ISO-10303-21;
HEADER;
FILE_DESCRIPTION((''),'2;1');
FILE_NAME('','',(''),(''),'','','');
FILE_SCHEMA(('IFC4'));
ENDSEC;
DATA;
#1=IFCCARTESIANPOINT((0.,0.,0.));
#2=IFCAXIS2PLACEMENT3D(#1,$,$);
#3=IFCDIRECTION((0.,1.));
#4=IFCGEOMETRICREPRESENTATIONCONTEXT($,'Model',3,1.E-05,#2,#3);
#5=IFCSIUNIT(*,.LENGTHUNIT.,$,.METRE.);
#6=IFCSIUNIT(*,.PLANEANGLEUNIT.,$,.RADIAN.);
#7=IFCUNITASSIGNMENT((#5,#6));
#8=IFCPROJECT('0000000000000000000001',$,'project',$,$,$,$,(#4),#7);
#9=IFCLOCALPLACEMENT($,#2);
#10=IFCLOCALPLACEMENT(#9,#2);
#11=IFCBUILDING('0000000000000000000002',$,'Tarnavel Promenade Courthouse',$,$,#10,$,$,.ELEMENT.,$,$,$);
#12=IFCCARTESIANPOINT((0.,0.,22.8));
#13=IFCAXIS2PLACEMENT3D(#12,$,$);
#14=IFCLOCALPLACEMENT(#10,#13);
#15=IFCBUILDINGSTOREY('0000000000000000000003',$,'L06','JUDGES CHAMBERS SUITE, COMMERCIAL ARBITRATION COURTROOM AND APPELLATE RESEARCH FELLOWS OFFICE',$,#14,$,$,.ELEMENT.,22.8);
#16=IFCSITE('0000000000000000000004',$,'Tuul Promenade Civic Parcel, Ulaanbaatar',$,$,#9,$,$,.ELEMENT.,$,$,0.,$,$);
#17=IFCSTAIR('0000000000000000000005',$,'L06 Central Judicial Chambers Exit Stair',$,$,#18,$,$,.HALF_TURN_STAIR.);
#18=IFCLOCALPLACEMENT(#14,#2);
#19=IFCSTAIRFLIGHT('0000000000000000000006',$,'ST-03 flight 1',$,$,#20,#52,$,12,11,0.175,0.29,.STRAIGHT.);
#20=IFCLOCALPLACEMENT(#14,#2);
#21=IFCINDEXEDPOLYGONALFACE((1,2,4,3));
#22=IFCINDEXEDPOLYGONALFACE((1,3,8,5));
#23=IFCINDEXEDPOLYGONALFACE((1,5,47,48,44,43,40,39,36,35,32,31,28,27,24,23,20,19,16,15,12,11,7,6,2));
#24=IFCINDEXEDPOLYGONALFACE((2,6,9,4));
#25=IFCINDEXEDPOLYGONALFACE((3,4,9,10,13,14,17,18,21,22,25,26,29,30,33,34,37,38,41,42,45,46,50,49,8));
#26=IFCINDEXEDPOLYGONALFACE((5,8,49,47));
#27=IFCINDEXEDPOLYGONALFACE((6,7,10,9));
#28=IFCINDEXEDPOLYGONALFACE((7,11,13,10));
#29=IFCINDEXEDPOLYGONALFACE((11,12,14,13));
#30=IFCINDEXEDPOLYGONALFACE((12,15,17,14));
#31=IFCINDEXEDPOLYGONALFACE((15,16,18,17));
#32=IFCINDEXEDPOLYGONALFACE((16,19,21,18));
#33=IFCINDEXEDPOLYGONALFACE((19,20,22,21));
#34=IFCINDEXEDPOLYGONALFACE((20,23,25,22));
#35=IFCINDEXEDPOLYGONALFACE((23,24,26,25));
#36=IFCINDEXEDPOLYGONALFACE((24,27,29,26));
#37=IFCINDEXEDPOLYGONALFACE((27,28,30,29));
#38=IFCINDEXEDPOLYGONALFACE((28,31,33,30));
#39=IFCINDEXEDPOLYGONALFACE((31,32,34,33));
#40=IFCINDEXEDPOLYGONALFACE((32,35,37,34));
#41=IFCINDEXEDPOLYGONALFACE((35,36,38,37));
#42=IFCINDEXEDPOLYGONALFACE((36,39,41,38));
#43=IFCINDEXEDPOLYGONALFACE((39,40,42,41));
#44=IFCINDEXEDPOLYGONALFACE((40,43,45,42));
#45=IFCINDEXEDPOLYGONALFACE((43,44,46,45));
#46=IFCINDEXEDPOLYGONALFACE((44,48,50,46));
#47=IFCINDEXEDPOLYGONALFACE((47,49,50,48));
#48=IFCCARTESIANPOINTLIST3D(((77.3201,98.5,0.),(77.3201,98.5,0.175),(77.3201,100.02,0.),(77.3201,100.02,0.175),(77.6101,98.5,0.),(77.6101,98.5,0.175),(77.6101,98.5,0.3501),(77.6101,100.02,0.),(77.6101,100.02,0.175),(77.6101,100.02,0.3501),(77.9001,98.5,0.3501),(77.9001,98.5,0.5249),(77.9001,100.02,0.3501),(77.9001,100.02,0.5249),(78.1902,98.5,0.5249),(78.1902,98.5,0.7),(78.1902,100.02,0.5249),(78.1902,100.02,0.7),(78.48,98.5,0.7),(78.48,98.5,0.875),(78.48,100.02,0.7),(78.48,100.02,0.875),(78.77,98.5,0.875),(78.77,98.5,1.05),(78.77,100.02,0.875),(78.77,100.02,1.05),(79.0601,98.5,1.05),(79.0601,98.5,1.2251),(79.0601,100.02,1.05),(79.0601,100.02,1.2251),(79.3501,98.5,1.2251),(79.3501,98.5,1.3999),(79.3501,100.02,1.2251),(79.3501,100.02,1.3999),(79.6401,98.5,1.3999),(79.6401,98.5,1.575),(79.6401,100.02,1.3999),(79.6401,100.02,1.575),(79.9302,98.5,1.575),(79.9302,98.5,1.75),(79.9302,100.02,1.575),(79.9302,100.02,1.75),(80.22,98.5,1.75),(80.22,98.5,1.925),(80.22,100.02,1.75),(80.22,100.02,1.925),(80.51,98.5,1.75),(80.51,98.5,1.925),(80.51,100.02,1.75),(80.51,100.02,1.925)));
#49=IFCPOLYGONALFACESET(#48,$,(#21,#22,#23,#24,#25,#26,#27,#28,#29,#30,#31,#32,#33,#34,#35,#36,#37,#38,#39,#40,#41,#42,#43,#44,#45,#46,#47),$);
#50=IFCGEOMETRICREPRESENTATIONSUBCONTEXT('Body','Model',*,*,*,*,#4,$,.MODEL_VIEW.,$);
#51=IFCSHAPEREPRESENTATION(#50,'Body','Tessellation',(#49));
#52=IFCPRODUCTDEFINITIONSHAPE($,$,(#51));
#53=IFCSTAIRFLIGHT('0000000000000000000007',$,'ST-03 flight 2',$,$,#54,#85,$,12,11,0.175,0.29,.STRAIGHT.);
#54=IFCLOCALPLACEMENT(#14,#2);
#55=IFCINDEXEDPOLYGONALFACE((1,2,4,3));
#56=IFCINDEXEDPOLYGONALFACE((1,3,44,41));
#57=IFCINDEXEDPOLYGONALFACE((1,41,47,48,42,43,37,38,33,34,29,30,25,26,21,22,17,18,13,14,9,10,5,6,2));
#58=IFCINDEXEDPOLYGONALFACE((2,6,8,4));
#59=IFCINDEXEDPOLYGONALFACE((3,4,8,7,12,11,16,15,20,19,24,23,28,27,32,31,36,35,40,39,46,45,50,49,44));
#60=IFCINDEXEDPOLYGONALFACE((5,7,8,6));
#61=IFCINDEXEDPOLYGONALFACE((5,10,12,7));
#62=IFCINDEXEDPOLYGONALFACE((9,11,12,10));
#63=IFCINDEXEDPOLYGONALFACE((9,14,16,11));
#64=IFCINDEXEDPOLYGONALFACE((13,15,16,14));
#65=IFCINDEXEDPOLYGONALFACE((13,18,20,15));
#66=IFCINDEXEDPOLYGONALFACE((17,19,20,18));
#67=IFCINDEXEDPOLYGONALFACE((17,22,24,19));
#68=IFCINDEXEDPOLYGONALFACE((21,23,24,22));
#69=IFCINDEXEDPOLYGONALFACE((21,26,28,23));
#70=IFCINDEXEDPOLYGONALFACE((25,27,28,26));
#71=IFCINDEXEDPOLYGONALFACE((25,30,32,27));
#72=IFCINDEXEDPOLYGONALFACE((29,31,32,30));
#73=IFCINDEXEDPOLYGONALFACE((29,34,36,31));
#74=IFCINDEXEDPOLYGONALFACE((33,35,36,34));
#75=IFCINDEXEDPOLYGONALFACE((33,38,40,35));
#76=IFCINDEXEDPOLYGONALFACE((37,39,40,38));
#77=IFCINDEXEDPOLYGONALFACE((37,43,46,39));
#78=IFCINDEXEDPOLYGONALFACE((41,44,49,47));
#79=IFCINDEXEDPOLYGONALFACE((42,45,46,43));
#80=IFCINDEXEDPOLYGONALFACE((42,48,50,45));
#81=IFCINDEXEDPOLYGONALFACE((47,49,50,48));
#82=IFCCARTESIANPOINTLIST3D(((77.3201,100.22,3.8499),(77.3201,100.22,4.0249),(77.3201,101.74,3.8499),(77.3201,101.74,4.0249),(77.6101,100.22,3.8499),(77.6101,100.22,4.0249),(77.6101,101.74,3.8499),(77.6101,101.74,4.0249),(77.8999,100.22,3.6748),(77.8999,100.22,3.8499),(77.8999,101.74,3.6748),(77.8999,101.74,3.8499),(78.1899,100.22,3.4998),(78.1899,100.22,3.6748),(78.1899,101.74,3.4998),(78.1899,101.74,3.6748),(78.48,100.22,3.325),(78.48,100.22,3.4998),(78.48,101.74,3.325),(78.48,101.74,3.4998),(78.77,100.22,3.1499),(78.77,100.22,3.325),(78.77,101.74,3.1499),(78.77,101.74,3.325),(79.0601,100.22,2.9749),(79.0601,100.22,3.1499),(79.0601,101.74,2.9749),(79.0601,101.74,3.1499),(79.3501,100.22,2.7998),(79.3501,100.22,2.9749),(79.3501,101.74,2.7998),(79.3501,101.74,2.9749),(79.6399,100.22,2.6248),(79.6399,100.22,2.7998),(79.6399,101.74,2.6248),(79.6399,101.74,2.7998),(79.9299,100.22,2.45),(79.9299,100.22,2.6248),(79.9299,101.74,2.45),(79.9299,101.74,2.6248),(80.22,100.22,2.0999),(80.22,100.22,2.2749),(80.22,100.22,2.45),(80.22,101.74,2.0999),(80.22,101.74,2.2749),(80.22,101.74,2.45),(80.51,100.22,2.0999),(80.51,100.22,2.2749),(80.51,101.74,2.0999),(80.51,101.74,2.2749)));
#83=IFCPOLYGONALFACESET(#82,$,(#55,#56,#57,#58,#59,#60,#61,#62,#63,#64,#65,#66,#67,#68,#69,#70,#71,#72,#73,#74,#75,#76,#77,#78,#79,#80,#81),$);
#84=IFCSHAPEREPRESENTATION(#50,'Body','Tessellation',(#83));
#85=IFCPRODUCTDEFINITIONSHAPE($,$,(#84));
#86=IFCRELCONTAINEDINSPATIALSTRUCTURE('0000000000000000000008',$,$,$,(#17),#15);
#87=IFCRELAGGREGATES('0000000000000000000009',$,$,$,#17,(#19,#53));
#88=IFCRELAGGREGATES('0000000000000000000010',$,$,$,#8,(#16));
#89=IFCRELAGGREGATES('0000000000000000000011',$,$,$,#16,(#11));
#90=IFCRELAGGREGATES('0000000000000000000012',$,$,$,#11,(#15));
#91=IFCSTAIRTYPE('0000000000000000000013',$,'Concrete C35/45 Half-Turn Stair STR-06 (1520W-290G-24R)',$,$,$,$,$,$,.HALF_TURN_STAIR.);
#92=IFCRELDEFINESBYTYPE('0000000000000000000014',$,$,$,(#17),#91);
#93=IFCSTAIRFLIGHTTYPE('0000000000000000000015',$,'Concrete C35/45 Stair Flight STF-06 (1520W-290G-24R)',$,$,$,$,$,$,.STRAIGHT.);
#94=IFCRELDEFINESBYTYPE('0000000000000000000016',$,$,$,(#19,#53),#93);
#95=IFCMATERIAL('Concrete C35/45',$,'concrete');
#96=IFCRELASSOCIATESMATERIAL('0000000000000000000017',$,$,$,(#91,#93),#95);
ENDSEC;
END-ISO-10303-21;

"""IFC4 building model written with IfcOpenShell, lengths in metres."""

from ifc_helpers import new_model, si_unit, direction, frame, origin, place, context, subcontext, project, spatial, polyline, outline, extrude, material, type_object, element, aggregate, save


model = new_model("IFC4")

# Units and contexts
model_context = context("Model", 3, precision=1e-05, world=origin(), true_north=direction((0.0, 1.0)))
body_context = subcontext(model_context, "Body", "Model", "MODEL_VIEW")
ifc_project = project(units=[si_unit("LENGTHUNIT", "METRE"), si_unit("PLANEANGLEUNIT", "RADIAN")], contexts=[model_context])

# Site, building, storey
site_placement = place(None, origin())
site = spatial("IfcSite", under=ifc_project, at=site_placement, Name="Tuul Promenade Civic Parcel, Ulaanbaatar", CompositionType="ELEMENT", RefElevation=0.0)
building_placement = place(site_placement, origin())
building = spatial("IfcBuilding", under=site, at=building_placement, Name="Tarnavel Promenade Courthouse", CompositionType="ELEMENT")
storey_placement = place(building_placement, frame((0.0, 0.0, 22.8)))
storey = spatial("IfcBuildingStorey", under=building, at=storey_placement, Name="L06", Description="JUDGES CHAMBERS SUITE, COMMERCIAL ARBITRATION COURTROOM AND APPELLATE RESEARCH FELLOWS OFFICE", CompositionType="ELEMENT", Elevation=22.8)

# Stair, stair flights
ifc_material_1 = material(Name="Concrete C35/45", Category="concrete")
stair_type = type_object("IfcStairType", Name="Concrete C35/45 Half-Turn Stair STR-06 (1520W-290G-24R)", PredefinedType="HALF_TURN_STAIR", material=ifc_material_1)
stair_placement = place(storey_placement, origin())
stair = element("IfcStair", 1, at=stair_placement, inside=storey, type_object=stair_type, Name="L06 Central Judicial Chambers Exit Stair", PredefinedType="HALF_TURN_STAIR")
stair_flight_type = type_object("IfcStairFlightType", Name="Concrete C35/45 Stair Flight STF-06 (1520W-290G-24R)", PredefinedType="STRAIGHT", material=ifc_material_1)
stair_flight_1_placement = place(storey_placement, frame((77.3201, 99.26, 0.0), z_axis=(0.0, 0.0, 1.0), x_axis=(1.0, 0.0, 0.0)))
stair_flight_1 = element("IfcStairFlight", 2, at=stair_flight_1_placement, type_object=stair_flight_type, Name="ST-03 flight 1", NumberOfRisers=12, NumberOfTreads=11, PredefinedType="STRAIGHT", RiserHeight=0.175, TreadLength=0.29, context=body_context, shape_type="SweptSolid", body=[
    extrude(outline(polyline([(0.0, 0.0), (0.0, 0.175), (0.29, 0.175), (0.29, 0.3501), (0.5801, 0.3501), (0.5801, 0.5249), (0.8701, 0.5249), (0.8701, 0.7), (1.1599, 0.7), (1.1599, 0.875), (1.45, 0.875), (1.45, 1.05), (1.74, 1.05), (1.74, 1.2251), (2.03, 1.2251), (2.03, 1.3999), (2.3201, 1.3999), (2.3201, 1.575), (2.6101, 1.575), (2.6101, 1.75), (2.8999, 1.75), (2.8999, 1.925), (3.1899, 1.925), (3.1899, 2.1001), (3.1899, 1.75), (0.29, 0.0), (0.0, 0.0)])), frame((0.0, 0.76, 0.0), z_axis=(0.0, -1.0, 0.0), x_axis=(1.0, 0.0, 0.0)), (0.0, 0.0, 1.0), 1.52),
])
stair_flight_2_placement = place(storey_placement, frame((80.51, 100.98, 2.0999), z_axis=(0.0, 0.0, 1.0), x_axis=(-1.0, 0.0, 0.0)))
stair_flight_2 = element("IfcStairFlight", 3, at=stair_flight_2_placement, type_object=stair_flight_type, Name="ST-03 flight 2", NumberOfRisers=12, NumberOfTreads=11, PredefinedType="STRAIGHT", RiserHeight=0.175, TreadLength=0.29, context=body_context, shape_type="SweptSolid", body=[
    extrude(outline(polyline([(0.0, 0.0), (0.0, 0.175), (0.29, 0.175), (0.29, 0.3501), (0.5801, 0.3501), (0.5801, 0.5249), (0.8701, 0.5249), (0.8701, 0.7), (1.1599, 0.7), (1.1599, 0.875), (1.45, 0.875), (1.45, 1.05), (1.74, 1.05), (1.74, 1.2251), (2.03, 1.2251), (2.03, 1.3999), (2.3201, 1.3999), (2.3201, 1.575), (2.6101, 1.575), (2.6101, 1.75), (2.8999, 1.75), (2.8999, 1.925), (3.1899, 1.925), (3.1899, 2.1001), (3.1899, 1.75), (0.29, 0.0), (0.0, 0.0)])), frame((0.0, 0.76, 0.0), z_axis=(0.0, -1.0, 0.0), x_axis=(1.0, 0.0, 0.0)), (0.0, 0.0, 1.0), 1.52),
])
aggregate(stair, [stair_flight_1, stair_flight_2])

save(model, "model.ifc")
